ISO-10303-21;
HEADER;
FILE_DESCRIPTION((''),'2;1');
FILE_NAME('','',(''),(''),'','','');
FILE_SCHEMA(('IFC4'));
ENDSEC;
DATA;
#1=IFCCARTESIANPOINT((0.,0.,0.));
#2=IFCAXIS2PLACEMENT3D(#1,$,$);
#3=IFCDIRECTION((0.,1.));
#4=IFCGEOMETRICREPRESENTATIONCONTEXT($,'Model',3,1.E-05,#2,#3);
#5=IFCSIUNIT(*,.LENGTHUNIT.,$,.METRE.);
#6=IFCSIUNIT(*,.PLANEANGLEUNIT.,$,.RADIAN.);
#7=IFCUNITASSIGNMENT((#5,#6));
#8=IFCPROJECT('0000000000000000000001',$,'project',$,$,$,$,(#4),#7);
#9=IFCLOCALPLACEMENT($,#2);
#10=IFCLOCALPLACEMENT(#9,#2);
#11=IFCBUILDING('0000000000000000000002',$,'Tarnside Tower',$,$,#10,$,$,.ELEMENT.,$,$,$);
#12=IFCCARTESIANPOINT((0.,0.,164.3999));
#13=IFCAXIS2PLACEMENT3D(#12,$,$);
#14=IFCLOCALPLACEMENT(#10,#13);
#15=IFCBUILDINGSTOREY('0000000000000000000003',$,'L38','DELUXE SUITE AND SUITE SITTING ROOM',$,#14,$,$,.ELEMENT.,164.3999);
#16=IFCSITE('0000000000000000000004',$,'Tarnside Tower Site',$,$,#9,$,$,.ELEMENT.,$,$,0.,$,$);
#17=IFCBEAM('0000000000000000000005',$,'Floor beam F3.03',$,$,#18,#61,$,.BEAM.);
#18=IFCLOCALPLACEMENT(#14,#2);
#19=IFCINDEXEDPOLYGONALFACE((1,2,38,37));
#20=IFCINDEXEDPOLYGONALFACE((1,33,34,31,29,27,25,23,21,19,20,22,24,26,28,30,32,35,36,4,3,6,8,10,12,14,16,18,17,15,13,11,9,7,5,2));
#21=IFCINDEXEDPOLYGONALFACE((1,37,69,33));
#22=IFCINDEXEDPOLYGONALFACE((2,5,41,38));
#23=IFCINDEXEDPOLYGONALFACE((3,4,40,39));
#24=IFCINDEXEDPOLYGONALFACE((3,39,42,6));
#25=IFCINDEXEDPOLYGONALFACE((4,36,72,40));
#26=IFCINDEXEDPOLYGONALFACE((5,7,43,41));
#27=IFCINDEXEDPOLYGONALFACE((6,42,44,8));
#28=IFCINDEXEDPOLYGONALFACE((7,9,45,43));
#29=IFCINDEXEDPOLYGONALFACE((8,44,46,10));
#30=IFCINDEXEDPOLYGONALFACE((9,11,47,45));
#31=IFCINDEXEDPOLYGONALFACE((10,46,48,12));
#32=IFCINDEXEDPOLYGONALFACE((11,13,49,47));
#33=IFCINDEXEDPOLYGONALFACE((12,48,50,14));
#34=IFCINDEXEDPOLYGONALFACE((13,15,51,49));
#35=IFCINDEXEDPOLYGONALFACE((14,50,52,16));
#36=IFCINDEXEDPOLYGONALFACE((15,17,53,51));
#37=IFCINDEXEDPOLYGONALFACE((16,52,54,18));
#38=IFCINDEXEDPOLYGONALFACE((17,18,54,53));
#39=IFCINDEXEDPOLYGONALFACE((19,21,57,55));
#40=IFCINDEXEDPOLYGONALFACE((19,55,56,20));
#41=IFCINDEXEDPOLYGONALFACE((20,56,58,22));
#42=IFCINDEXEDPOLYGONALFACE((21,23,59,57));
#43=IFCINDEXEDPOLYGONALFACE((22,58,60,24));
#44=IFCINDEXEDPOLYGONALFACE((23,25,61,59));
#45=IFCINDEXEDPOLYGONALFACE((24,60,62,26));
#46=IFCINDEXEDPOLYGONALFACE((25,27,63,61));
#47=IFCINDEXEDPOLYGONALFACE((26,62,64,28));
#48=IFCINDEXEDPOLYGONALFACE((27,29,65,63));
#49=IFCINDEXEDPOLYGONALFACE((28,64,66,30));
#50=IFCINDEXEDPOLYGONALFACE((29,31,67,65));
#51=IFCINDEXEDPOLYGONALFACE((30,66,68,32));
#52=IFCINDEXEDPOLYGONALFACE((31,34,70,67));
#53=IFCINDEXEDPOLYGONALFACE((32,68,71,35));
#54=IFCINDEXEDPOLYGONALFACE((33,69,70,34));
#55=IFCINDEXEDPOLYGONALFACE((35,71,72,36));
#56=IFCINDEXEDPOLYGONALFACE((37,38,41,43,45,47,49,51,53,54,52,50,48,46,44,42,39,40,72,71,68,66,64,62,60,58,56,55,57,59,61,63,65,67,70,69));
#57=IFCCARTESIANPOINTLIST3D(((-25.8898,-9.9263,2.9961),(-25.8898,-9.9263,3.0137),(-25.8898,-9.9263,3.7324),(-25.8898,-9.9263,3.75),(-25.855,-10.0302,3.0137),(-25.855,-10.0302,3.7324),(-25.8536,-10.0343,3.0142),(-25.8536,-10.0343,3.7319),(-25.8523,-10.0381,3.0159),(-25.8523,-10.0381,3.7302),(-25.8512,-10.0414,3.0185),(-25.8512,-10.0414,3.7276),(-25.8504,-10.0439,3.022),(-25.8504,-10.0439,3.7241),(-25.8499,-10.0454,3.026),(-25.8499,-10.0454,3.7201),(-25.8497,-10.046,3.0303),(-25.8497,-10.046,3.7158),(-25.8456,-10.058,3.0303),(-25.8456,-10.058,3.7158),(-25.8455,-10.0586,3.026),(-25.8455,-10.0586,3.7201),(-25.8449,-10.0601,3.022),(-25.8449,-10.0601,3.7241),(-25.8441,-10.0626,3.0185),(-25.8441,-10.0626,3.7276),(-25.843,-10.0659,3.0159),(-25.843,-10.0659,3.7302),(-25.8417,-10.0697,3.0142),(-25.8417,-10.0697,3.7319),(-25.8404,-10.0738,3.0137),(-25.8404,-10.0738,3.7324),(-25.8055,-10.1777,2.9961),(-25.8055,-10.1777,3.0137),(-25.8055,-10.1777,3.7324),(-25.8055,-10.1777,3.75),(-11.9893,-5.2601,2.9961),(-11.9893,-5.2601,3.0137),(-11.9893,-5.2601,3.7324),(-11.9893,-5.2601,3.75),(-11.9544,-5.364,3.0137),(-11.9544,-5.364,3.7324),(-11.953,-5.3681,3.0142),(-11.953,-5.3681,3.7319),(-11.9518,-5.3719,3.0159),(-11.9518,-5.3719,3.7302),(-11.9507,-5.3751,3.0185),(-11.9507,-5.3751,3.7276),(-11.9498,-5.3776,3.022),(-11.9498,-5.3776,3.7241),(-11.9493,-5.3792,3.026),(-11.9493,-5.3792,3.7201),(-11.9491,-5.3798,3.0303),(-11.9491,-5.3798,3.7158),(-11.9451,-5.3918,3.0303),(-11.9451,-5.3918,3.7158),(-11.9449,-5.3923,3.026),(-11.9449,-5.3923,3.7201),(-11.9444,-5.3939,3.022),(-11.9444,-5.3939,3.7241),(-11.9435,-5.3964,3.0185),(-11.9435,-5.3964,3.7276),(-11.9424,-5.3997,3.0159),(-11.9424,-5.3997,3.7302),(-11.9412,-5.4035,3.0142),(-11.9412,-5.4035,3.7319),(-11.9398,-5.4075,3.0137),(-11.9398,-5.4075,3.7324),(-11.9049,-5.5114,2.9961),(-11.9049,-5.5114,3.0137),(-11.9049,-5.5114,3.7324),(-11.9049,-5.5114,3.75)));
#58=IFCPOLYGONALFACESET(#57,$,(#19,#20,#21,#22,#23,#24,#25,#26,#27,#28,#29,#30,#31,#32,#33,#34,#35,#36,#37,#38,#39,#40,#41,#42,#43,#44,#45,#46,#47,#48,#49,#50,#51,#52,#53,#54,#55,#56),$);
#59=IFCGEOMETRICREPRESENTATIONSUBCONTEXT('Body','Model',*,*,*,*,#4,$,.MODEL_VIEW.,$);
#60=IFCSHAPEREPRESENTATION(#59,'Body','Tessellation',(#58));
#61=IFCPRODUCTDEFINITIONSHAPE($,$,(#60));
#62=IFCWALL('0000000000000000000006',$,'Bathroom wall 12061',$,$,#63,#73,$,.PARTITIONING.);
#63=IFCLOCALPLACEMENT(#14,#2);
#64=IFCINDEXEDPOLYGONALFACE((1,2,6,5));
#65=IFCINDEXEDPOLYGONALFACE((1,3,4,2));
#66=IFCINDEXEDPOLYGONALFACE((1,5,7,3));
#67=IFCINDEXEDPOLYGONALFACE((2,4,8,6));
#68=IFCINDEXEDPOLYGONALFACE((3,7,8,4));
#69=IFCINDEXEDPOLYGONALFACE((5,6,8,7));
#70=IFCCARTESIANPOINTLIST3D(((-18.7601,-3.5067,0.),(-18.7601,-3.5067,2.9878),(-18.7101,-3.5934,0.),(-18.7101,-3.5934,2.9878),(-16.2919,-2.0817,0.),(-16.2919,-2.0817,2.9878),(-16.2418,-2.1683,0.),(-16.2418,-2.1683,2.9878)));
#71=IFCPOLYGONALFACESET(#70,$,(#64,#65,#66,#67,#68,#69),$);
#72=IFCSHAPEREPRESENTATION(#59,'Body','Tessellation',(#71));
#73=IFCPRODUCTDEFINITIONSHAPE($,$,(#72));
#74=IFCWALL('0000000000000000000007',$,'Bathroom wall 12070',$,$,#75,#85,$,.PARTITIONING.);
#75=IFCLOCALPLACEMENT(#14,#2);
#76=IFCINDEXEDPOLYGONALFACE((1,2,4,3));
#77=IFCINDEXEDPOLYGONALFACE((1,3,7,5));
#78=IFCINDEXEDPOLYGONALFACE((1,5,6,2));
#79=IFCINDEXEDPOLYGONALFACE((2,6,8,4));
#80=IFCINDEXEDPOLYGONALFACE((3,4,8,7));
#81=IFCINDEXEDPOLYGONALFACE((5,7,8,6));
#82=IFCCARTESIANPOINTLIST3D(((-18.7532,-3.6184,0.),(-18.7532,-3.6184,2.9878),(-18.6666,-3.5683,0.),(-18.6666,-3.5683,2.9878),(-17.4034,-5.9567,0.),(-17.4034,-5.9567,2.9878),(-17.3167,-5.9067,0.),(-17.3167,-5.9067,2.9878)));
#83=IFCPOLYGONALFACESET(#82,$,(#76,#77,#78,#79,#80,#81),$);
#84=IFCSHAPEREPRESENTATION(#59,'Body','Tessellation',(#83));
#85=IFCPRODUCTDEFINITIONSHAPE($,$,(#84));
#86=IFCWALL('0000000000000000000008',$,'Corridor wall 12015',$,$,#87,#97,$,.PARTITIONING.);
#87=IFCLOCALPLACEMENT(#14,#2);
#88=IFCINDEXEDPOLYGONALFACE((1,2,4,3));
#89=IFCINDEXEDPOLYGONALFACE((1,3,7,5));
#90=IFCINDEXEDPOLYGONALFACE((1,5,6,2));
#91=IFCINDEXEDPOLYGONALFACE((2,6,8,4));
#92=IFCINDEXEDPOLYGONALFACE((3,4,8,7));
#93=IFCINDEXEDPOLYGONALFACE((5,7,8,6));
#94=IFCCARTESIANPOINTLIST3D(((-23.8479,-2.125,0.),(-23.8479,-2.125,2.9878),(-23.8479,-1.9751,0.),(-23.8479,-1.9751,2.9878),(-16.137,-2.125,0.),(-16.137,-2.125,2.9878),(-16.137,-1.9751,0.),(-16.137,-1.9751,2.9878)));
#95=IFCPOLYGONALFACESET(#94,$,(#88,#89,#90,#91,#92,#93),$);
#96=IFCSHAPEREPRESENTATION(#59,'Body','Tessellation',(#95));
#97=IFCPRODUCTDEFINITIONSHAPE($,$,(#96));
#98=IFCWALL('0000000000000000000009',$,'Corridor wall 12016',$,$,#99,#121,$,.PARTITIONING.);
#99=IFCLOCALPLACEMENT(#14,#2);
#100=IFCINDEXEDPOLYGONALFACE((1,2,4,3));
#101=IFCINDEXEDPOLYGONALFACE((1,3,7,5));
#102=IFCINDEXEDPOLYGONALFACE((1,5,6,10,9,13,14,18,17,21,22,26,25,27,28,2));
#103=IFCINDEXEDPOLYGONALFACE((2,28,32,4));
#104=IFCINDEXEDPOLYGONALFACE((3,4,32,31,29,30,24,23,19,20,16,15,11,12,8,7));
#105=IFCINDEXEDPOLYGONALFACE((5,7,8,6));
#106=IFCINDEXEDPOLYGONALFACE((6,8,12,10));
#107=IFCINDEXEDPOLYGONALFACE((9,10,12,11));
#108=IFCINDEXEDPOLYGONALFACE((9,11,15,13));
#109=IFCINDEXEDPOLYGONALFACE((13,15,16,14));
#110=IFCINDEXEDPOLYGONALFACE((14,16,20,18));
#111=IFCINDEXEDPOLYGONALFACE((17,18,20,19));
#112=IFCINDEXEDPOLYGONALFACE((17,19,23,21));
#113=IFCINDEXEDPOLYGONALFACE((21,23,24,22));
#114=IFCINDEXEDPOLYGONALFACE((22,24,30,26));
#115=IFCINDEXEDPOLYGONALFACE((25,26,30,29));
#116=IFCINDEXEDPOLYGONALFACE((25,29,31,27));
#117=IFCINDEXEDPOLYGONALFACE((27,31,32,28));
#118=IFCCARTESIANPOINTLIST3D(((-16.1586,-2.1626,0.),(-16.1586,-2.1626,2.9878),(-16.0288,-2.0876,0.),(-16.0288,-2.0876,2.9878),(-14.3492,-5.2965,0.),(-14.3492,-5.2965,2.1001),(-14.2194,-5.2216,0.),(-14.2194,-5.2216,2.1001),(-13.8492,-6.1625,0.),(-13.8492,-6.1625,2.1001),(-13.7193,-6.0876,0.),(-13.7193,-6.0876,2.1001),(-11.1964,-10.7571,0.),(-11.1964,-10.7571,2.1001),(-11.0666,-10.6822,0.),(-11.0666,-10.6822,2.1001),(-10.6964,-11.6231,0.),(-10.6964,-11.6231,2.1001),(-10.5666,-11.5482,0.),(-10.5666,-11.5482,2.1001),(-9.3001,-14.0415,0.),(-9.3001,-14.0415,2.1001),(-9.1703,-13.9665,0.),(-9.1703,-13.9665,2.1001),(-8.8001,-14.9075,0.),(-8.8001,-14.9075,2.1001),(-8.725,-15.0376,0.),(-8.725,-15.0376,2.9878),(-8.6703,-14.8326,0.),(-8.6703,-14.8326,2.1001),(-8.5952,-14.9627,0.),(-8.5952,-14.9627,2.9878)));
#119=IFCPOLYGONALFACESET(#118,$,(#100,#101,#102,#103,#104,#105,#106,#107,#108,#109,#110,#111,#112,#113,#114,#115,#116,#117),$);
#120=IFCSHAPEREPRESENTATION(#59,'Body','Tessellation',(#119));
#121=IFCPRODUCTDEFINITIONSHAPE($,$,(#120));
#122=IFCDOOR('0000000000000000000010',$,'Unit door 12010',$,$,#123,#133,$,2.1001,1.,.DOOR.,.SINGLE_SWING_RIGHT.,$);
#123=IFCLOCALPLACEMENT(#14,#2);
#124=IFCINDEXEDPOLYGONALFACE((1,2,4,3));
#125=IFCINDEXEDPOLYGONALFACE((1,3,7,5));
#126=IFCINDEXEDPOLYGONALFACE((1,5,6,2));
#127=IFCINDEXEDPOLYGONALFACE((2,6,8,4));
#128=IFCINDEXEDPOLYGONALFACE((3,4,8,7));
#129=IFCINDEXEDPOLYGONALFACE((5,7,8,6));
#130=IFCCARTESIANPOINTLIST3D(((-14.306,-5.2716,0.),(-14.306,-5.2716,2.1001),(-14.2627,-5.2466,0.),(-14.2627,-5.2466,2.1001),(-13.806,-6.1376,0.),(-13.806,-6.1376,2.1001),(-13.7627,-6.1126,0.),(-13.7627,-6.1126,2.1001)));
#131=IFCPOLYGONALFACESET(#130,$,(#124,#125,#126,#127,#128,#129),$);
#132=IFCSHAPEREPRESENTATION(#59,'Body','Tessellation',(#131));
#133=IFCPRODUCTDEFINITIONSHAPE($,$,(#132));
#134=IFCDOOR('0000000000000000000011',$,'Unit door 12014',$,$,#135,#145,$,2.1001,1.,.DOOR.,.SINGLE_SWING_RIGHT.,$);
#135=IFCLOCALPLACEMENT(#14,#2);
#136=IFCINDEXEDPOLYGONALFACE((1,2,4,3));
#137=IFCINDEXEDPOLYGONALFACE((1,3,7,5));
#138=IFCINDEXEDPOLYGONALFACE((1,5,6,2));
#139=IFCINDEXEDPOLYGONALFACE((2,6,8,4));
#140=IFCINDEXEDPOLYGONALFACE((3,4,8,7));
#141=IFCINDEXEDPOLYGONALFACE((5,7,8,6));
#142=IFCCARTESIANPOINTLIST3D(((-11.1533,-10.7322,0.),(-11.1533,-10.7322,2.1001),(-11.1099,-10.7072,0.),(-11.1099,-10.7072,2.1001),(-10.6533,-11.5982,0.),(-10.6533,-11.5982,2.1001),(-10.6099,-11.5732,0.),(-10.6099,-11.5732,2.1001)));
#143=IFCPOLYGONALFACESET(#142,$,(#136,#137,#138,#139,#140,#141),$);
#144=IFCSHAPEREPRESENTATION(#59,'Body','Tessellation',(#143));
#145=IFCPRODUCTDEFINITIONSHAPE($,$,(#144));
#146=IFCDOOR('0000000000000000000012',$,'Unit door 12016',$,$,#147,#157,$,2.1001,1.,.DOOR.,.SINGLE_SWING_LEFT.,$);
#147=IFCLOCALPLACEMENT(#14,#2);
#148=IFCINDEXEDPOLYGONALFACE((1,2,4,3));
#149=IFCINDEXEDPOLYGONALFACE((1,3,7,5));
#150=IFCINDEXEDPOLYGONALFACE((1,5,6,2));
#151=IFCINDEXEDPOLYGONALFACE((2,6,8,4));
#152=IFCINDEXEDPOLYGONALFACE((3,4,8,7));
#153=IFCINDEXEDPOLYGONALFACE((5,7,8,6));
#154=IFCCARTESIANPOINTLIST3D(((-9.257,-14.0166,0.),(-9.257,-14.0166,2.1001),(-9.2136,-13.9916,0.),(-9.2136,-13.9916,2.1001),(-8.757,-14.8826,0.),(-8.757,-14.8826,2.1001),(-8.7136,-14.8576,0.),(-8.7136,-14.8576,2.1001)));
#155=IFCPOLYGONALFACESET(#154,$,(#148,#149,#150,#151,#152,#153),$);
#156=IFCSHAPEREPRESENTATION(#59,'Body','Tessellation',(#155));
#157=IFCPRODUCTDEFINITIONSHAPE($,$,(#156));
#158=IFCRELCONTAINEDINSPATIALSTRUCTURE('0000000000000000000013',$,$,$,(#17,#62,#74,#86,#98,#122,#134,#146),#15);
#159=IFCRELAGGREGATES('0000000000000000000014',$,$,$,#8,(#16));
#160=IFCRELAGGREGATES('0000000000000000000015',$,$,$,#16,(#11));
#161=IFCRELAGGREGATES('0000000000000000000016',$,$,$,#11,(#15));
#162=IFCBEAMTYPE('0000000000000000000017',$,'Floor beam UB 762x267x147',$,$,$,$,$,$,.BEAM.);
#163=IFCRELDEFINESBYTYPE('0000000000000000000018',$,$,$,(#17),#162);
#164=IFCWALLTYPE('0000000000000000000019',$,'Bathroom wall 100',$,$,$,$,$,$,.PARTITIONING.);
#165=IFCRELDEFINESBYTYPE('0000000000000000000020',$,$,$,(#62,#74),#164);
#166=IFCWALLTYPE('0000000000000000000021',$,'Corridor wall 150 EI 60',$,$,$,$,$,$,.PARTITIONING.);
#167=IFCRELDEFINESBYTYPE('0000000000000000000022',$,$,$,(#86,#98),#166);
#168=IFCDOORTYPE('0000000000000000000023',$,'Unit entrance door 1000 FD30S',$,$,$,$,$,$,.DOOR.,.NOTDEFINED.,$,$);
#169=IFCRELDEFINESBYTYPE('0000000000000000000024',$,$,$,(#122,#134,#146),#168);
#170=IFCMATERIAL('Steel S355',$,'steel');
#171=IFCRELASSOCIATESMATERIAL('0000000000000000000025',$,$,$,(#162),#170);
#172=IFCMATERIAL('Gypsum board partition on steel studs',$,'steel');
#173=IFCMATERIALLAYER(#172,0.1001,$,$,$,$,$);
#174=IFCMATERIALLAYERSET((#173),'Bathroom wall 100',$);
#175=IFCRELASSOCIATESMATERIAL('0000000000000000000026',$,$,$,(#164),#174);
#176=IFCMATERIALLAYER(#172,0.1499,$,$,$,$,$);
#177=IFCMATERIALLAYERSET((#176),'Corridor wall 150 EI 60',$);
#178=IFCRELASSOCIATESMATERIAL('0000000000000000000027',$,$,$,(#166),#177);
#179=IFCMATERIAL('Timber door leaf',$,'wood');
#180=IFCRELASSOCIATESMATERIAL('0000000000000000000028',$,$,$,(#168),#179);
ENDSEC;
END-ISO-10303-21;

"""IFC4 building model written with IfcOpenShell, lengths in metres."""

from ifc_helpers import new_model, si_unit, direction, frame, frame_2d, origin, origin_2d, place, context, subcontext, project, spatial, rectangle, i_section, extrude, material, layer, layer_set, material_profile, profile_set, type_object, element, fill, save


model = new_model("IFC4")

# Units and contexts
model_context = context("Model", 3, precision=1e-05, world=origin(), true_north=direction((0.0, 1.0)))
body_context = subcontext(model_context, "Body", "Model", "MODEL_VIEW")
ifc_project = project(units=[si_unit("LENGTHUNIT", "METRE"), si_unit("PLANEANGLEUNIT", "RADIAN")], contexts=[model_context])

# Site, building, storey
site_placement = place(None, origin())
site = spatial("IfcSite", under=ifc_project, at=site_placement, Name="Tarnside Tower Site", CompositionType="ELEMENT", RefElevation=0.0)
building_placement = place(site_placement, origin())
building = spatial("IfcBuilding", under=site, at=building_placement, Name="Tarnside Tower", CompositionType="ELEMENT")
storey_placement = place(building_placement, frame((0.0, 0.0, 164.3999)))
storey = spatial("IfcBuildingStorey", under=building, at=storey_placement, Name="L38", Description="DELUXE SUITE AND SUITE SITTING ROOM", CompositionType="ELEMENT", Elevation=164.3999)

# Beam
ifc_material_1 = material(Name="Steel S355", Category="steel")
ifc_material_profile = material_profile(ifc_material_1, i_section(OverallWidth=0.2651, OverallDepth=0.7539, WebThickness=0.0127, FlangeThickness=0.0176, FilletRadius=0.0166, at=origin_2d()), Name="UB 762x267x147")
ifc_profile_set = profile_set([ifc_material_profile], Name="Steel S355")
beam_type = type_object("IfcBeamType", Name="Floor beam UB 762x267x147", PredefinedType="BEAM", material=ifc_profile_set)
beam_placement = place(storey_placement, frame((-25.8477, -10.052, 3.373), z_axis=(0.948012, 0.318235, 0.0), x_axis=(-0.318235, 0.948012, 0.0)))
element("IfcBeam", 1, at=beam_placement, inside=storey, type_object=beam_type, Name="Floor beam F3.03", PredefinedType="BEAM", context=body_context, shape_type="SweptSolid", body=[
    extrude(i_section(OverallWidth=0.2651, OverallDepth=0.7539, WebThickness=0.0127, FlangeThickness=0.0176, FilletRadius=0.0166, at=origin_2d()), origin(), (0.0, 0.0, 1.0), 14.6628),
])

# Walls
ifc_material_2 = material(Name="Gypsum board partition on steel studs", Category="steel")
ifc_layer_1 = layer(ifc_material_2, 0.1001)
ifc_layer_set_1 = layer_set([ifc_layer_1], Name="Bathroom wall 100")
wall_type_1 = type_object("IfcWallType", Name="Bathroom wall 100", PredefinedType="PARTITIONING", material=ifc_layer_set_1)
wall_1_placement = place(storey_placement, frame((-18.7351, -3.55, 0.0), z_axis=(0.0, 0.0, 1.0), x_axis=(0.866026, 0.499999, 0.0)))
element("IfcWall", 2, at=wall_1_placement, inside=storey, type_object=wall_type_1, Name="Bathroom wall 12061", PredefinedType="PARTITIONING", context=body_context, shape_type="SweptSolid", body=[
    extrude(rectangle(XDim=2.8501, YDim=0.1001, at=frame_2d((1.425, 0.0))), origin(), (0.0, 0.0, 1.0), 2.9878),
])
wall_2_placement = place(storey_placement, frame((-18.71, -3.5933, 0.0), z_axis=(0.0, 0.0, 1.0), x_axis=(0.499942, -0.866059, 0.0)))
element("IfcWall", 3, at=wall_2_placement, inside=storey, type_object=wall_type_1, Name="Bathroom wall 12070", PredefinedType="PARTITIONING", context=body_context, shape_type="SweptSolid", body=[
    extrude(rectangle(XDim=2.7, YDim=0.1001, at=frame_2d((1.3501, 0.0))), origin(), (0.0, 0.0, 1.0), 2.9878),
])
ifc_layer_2 = layer(ifc_material_2, 0.1499)
ifc_layer_set_2 = layer_set([ifc_layer_2], Name="Corridor wall 150 EI 60")
wall_type_2 = type_object("IfcWallType", Name="Corridor wall 150 EI 60", PredefinedType="PARTITIONING", material=ifc_layer_set_2)
wall_3_placement = place(storey_placement, frame((-23.8479, -2.05, 0.0), z_axis=(0.0, 0.0, 1.0), x_axis=(1.0, 0.0, 0.0)))
element("IfcWall", 4, at=wall_3_placement, inside=storey, type_object=wall_type_2, Name="Corridor wall 12015", PredefinedType="PARTITIONING", context=body_context, shape_type="SweptSolid", body=[
    extrude(rectangle(XDim=7.7109, YDim=0.1499, at=frame_2d((3.8555, 0.0))), origin(), (0.0, 0.0, 1.0), 2.9878),
])

# Wall, openings, doors
wall_4_placement = place(storey_placement, frame((-16.0938, -2.125, 0.0), z_axis=(0.0, 0.0, 1.0), x_axis=(0.500011, -0.866019, 0.0)))
wall_4 = element("IfcWall", 5, at=wall_4_placement, inside=storey, type_object=wall_type_2, Name="Corridor wall 12016", PredefinedType="PARTITIONING", context=body_context, shape_type="SweptSolid", body=[
    extrude(rectangle(XDim=14.8669, YDim=0.1499, at=frame_2d((7.4336, 0.0))), origin(), (0.0, 0.0, 1.0), 2.9878),
])
opening_1_placement = place(wall_4_placement, frame((3.6189, 0.0, 0.0)))
opening_1 = element("IfcOpeningElement", 6, at=opening_1_placement, cuts=wall_4, PredefinedType="OPENING", context=body_context, shape_type="SweptSolid", body=[
    extrude(rectangle(XDim=1.0, YDim=2.1001, at=frame_2d((0.5, 1.05))), frame((0.0, 0.085, 0.0), z_axis=(0.0, -1.0, 0.0), x_axis=(1.0, 0.0, 0.0)), (0.0, 0.0, 1.0), 0.1699),
])
opening_2_placement = place(wall_4_placement, frame((9.9243, 0.0, 0.0)))
opening_2 = element("IfcOpeningElement", 7, at=opening_2_placement, cuts=wall_4, PredefinedType="OPENING", context=body_context, shape_type="SweptSolid", body=[
    extrude(rectangle(XDim=1.0, YDim=2.1001, at=frame_2d((0.5, 1.05))), frame((0.0, 0.085, 0.0), z_axis=(0.0, -1.0, 0.0), x_axis=(1.0, 0.0, 0.0)), (0.0, 0.0, 1.0), 0.1699),
])
opening_3_placement = place(wall_4_placement, frame((13.7168, 0.0, 0.0)))
opening_3 = element("IfcOpeningElement", 8, at=opening_3_placement, cuts=wall_4, PredefinedType="OPENING", context=body_context, shape_type="SweptSolid", body=[
    extrude(rectangle(XDim=1.0, YDim=2.1001, at=frame_2d((0.5, 1.05))), frame((0.0, 0.085, 0.0), z_axis=(0.0, -1.0, 0.0), x_axis=(1.0, 0.0, 0.0)), (0.0, 0.0, 1.0), 0.1699),
])
ifc_material_3 = material(Name="Timber door leaf", Category="wood")
door_type_1 = type_object("IfcDoorType", Name="Unit entrance door 1000 FD30S", OperationType="NOTDEFINED", PredefinedType="DOOR", material=ifc_material_3)
door_1_placement = place(opening_1_placement, origin())
door_1 = element("IfcDoor", 9, at=door_1_placement, inside=storey, type_object=door_type_1, Name="Unit door 12010", OperationType="SINGLE_SWING_RIGHT", OverallHeight=2.1001, OverallWidth=1.0, PredefinedType="DOOR", context=body_context, shape_type="SweptSolid", body=[
    extrude(rectangle(XDim=1.0, YDim=2.1001, at=frame_2d((0.5, 1.05))), frame((0.0, 0.0249, 0.0), z_axis=(0.0, -1.0, 0.0), x_axis=(1.0, 0.0, 0.0)), (0.0, 0.0, 1.0), 0.05),
])
fill(opening_1, door_1)
door_2_placement = place(opening_2_placement, origin())
door_2 = element("IfcDoor", 10, at=door_2_placement, inside=storey, type_object=door_type_1, Name="Unit door 12014", OperationType="SINGLE_SWING_RIGHT", OverallHeight=2.1001, OverallWidth=1.0, PredefinedType="DOOR", context=body_context, shape_type="SweptSolid", body=[
    extrude(rectangle(XDim=1.0, YDim=2.1001, at=frame_2d((0.5, 1.05))), frame((0.0, 0.0249, 0.0), z_axis=(0.0, -1.0, 0.0), x_axis=(1.0, 0.0, 0.0)), (0.0, 0.0, 1.0), 0.05),
])
fill(opening_2, door_2)
door_3_placement = place(opening_3_placement, origin())
door_3 = element("IfcDoor", 11, at=door_3_placement, inside=storey, type_object=door_type_1, Name="Unit door 12016", OperationType="SINGLE_SWING_LEFT", OverallHeight=2.1001, OverallWidth=1.0, PredefinedType="DOOR", context=body_context, shape_type="SweptSolid", body=[
    extrude(rectangle(XDim=1.0, YDim=2.1001, at=frame_2d((0.5, 1.05))), frame((0.0, 0.0249, 0.0), z_axis=(0.0, -1.0, 0.0), x_axis=(1.0, 0.0, 0.0)), (0.0, 0.0, 1.0), 0.05),
])
fill(opening_3, door_3)

save(model, "model.ifc")
